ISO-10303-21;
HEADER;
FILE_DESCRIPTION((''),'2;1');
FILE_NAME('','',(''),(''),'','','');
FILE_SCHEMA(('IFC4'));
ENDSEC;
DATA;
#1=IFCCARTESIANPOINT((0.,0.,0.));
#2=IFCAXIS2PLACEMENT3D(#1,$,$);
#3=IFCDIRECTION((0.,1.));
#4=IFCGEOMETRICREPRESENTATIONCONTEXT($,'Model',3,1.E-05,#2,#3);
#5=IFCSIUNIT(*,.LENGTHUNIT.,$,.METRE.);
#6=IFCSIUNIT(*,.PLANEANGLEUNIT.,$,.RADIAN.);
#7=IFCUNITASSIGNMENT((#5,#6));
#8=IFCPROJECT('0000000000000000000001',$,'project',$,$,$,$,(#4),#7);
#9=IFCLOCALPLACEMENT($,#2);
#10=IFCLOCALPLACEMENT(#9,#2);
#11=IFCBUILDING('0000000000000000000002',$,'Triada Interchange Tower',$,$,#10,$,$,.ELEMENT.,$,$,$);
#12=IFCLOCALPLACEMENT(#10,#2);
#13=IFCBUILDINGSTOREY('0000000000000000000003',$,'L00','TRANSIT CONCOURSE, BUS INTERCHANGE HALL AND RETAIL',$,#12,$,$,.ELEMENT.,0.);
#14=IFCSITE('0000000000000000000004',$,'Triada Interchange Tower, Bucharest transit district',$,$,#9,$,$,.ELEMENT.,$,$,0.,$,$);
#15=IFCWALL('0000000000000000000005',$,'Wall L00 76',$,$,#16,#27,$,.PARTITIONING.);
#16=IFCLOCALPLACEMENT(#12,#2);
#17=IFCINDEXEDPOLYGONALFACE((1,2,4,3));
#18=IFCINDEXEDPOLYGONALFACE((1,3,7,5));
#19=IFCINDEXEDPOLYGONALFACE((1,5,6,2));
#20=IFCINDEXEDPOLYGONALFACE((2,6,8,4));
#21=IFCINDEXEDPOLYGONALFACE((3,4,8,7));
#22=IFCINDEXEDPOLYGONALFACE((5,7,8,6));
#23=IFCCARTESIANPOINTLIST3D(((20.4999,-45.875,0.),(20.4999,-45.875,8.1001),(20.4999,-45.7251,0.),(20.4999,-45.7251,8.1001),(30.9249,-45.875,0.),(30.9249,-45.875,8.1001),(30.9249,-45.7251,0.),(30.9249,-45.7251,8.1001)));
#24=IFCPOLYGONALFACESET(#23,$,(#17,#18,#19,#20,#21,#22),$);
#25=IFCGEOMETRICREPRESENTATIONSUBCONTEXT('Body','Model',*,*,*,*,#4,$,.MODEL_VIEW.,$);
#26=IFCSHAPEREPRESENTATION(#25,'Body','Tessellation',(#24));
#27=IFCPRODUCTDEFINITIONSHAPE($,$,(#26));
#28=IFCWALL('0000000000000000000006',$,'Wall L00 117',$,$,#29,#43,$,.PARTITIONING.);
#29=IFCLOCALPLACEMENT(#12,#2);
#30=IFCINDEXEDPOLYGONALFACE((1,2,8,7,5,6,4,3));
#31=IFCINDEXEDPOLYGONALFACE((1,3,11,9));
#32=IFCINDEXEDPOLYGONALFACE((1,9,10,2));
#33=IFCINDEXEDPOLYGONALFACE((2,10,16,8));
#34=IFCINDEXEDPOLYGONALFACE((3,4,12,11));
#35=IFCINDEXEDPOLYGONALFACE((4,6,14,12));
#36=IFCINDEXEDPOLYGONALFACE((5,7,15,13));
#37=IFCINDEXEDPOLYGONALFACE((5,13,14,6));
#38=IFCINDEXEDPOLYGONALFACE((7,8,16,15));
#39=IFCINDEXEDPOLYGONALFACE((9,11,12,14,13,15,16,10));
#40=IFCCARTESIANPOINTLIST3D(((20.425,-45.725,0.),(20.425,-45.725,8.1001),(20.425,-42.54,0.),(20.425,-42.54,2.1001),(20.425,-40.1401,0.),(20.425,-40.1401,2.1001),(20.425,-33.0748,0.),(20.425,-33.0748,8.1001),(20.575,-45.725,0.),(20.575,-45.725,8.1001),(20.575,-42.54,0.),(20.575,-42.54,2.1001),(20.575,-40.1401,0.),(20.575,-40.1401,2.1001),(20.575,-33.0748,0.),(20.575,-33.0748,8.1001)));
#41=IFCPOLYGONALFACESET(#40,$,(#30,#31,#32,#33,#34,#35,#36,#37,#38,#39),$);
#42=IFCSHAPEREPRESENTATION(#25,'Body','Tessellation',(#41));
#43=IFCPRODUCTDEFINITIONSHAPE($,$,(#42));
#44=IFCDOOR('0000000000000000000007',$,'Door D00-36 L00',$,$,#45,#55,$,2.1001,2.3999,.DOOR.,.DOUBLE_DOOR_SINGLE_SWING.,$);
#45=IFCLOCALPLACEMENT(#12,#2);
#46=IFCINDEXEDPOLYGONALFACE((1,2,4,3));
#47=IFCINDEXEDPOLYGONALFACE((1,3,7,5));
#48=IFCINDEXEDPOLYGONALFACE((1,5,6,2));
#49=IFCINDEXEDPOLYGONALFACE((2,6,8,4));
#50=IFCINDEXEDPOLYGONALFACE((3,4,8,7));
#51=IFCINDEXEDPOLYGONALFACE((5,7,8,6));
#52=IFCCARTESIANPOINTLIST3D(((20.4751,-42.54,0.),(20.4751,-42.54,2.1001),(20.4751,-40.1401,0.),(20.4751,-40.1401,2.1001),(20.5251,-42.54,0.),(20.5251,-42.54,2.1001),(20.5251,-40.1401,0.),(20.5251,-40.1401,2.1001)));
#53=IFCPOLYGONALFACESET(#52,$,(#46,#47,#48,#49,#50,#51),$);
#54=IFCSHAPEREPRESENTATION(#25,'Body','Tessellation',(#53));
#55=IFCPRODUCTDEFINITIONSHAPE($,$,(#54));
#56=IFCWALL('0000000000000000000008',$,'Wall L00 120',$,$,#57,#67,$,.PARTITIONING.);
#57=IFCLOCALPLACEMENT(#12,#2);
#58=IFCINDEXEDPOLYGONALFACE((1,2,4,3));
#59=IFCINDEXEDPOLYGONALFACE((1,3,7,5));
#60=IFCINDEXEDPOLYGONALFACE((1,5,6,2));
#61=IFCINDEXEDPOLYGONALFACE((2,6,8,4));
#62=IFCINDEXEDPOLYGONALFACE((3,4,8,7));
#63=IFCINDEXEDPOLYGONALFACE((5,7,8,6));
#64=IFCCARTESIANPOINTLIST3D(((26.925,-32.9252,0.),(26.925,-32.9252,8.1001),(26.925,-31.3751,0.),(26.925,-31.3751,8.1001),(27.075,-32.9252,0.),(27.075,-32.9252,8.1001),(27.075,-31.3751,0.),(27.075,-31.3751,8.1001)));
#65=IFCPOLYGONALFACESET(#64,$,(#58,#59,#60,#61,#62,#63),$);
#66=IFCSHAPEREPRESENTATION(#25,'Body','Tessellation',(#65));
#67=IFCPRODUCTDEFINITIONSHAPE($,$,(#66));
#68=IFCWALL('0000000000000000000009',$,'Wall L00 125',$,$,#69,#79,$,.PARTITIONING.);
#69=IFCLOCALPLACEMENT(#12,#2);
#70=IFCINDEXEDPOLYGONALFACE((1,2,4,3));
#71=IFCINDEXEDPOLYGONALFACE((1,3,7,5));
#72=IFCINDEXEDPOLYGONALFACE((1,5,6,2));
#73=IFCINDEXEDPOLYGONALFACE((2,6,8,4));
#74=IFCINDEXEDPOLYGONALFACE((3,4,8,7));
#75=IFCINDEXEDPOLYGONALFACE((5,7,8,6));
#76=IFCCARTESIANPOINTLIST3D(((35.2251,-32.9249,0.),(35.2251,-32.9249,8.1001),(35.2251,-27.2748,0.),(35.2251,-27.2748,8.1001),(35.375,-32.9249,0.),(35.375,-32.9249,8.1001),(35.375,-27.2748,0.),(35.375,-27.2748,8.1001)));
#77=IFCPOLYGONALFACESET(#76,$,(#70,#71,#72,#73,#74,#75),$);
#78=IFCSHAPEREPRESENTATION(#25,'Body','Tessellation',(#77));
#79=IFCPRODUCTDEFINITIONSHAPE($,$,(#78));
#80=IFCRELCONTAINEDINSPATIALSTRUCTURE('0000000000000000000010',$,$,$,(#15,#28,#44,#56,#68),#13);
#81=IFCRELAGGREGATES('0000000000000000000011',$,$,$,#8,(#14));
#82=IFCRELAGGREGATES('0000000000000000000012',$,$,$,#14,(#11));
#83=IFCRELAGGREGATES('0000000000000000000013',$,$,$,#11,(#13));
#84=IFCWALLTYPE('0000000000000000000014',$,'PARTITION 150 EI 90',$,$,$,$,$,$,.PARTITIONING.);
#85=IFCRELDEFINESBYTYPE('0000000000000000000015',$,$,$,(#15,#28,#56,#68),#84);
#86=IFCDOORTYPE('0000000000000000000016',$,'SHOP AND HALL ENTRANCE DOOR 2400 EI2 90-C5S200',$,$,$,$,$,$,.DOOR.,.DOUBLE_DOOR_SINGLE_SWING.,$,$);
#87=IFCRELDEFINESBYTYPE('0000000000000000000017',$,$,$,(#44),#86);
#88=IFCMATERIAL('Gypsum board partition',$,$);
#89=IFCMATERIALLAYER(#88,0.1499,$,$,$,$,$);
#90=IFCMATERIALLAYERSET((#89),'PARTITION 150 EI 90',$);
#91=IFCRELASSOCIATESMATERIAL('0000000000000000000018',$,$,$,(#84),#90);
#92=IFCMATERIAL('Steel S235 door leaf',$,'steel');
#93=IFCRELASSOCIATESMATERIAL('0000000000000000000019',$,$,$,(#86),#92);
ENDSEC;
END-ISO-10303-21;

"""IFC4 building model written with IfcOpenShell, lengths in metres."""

from ifc_helpers import new_model, si_unit, direction, frame, frame_2d, origin, place, context, subcontext, project, spatial, rectangle, extrude, material, layer, layer_set, type_object, element, fill, save


model = new_model("IFC4")

# Units and contexts
model_context = context("Model", 3, precision=1e-05, world=origin(), true_north=direction((0.0, 1.0)))
body_context = subcontext(model_context, "Body", "Model", "MODEL_VIEW")
ifc_project = project(units=[si_unit("LENGTHUNIT", "METRE"), si_unit("PLANEANGLEUNIT", "RADIAN")], contexts=[model_context])

# Site, building, storey
site_placement = place(None, origin())
site = spatial("IfcSite", under=ifc_project, at=site_placement, Name="Triada Interchange Tower, Bucharest transit district", CompositionType="ELEMENT", RefElevation=0.0)
building_placement = place(site_placement, origin())
building = spatial("IfcBuilding", under=site, at=building_placement, Name="Triada Interchange Tower", CompositionType="ELEMENT")
storey_placement = place(building_placement, origin())
storey = spatial("IfcBuildingStorey", under=building, at=storey_placement, Name="L00", Description="TRANSIT CONCOURSE, BUS INTERCHANGE HALL AND RETAIL", CompositionType="ELEMENT", Elevation=0.0)

# Shared definitions
ifc_material_1 = material(Name="Gypsum board partition")

# Shared definitions
ifc_material_2 = material(Name="Steel S235 door leaf", Category="steel")

# Wall
ifc_layer_1 = layer(ifc_material_1, 0.1499)
ifc_layer_set_1 = layer_set([ifc_layer_1], Name="PARTITION 150 EI 90")
wall_type_1 = type_object("IfcWallType", Name="PARTITION 150 EI 90", PredefinedType="PARTITIONING", material=ifc_layer_set_1)
for number, where, z_axis, x_axis, name in (
    (1, (20.5, -45.8, 0.0), (0.0, 0.0, 1.0), (1.0, 0.0, 0.0), "Wall L00 76"),
):
    element("IfcWall", number, at=place(storey_placement, frame(where, z_axis=z_axis, x_axis=x_axis)), inside=storey, type_object=wall_type_1, Name=name, PredefinedType="PARTITIONING", context=body_context, shape_type="SweptSolid", body=[
        extrude(rectangle(XDim=10.425, YDim=0.1499, at=frame_2d((5.2124, 0.0))), origin(), (0.0, 0.0, 1.0), 8.1001),
    ])

# Wall, opening, door
wall_1_placement = place(storey_placement, frame((20.5, -45.7251, 0.0), z_axis=(0.0, 0.0, 1.0), x_axis=(0.0, 1.0, 0.0)))
wall_1 = element("IfcWall", 2, at=wall_1_placement, inside=storey, type_object=wall_type_1, Name="Wall L00 117", PredefinedType="PARTITIONING", context=body_context, shape_type="SweptSolid", body=[
    extrude(rectangle(XDim=12.6501, YDim=0.1499, at=frame_2d((6.3252, 0.0))), origin(), (0.0, 0.0, 1.0), 8.1001),
])
opening_1_placement = place(wall_1_placement, frame((3.1851, 0.0, 0.0)))
opening_1 = element("IfcOpeningElement", 3, at=opening_1_placement, cuts=wall_1, PredefinedType="OPENING", context=body_context, shape_type="SweptSolid", body=[
    extrude(rectangle(XDim=2.3999, YDim=2.1001, at=frame_2d((1.2, 1.05))), frame((0.0, 0.085, 0.0), z_axis=(0.0, -1.0, 0.0), x_axis=(1.0, 0.0, 0.0)), (0.0, 0.0, 1.0), 0.1699),
])
door_type_1 = type_object("IfcDoorType", Name="SHOP AND HALL ENTRANCE DOOR 2400 EI2 90-C5S200", OperationType="DOUBLE_DOOR_SINGLE_SWING", PredefinedType="DOOR", material=ifc_material_2)
door_1_placement = place(opening_1_placement, origin())
door_1 = element("IfcDoor", 4, at=door_1_placement, inside=storey, type_object=door_type_1, Name="Door D00-36 L00", OperationType="DOUBLE_DOOR_SINGLE_SWING", OverallHeight=2.1001, OverallWidth=2.3999, PredefinedType="DOOR", context=body_context, shape_type="SweptSolid", body=[
    extrude(rectangle(XDim=2.3999, YDim=2.1001, at=frame_2d((1.2, 1.05))), frame((0.0, 0.0249, 0.0), z_axis=(0.0, -1.0, 0.0), x_axis=(1.0, 0.0, 0.0)), (0.0, 0.0, 1.0), 0.05),
])
fill(opening_1, door_1)

# Walls
wall_2_placement = place(storey_placement, frame((27.0, -32.925, 0.0), z_axis=(0.0, 0.0, 1.0), x_axis=(0.0, 1.0, 0.0)))
element("IfcWall", 5, at=wall_2_placement, inside=storey, type_object=wall_type_1, Name="Wall L00 120", PredefinedType="PARTITIONING", context=body_context, shape_type="SweptSolid", body=[
    extrude(rectangle(XDim=1.55, YDim=0.1499, at=frame_2d((0.7749, 0.0))), origin(), (0.0, 0.0, 1.0), 8.1001),
])
wall_3_placement = place(storey_placement, frame((35.3, -32.925, 0.0), z_axis=(0.0, 0.0, 1.0), x_axis=(0.0, 1.0, 0.0)))
element("IfcWall", 6, at=wall_3_placement, inside=storey, type_object=wall_type_1, Name="Wall L00 125", PredefinedType="PARTITIONING", context=body_context, shape_type="SweptSolid", body=[
    extrude(rectangle(XDim=5.6501, YDim=0.1499, at=frame_2d((2.8252, 0.0))), origin(), (0.0, 0.0, 1.0), 8.1001),
])

save(model, "model.ifc")
